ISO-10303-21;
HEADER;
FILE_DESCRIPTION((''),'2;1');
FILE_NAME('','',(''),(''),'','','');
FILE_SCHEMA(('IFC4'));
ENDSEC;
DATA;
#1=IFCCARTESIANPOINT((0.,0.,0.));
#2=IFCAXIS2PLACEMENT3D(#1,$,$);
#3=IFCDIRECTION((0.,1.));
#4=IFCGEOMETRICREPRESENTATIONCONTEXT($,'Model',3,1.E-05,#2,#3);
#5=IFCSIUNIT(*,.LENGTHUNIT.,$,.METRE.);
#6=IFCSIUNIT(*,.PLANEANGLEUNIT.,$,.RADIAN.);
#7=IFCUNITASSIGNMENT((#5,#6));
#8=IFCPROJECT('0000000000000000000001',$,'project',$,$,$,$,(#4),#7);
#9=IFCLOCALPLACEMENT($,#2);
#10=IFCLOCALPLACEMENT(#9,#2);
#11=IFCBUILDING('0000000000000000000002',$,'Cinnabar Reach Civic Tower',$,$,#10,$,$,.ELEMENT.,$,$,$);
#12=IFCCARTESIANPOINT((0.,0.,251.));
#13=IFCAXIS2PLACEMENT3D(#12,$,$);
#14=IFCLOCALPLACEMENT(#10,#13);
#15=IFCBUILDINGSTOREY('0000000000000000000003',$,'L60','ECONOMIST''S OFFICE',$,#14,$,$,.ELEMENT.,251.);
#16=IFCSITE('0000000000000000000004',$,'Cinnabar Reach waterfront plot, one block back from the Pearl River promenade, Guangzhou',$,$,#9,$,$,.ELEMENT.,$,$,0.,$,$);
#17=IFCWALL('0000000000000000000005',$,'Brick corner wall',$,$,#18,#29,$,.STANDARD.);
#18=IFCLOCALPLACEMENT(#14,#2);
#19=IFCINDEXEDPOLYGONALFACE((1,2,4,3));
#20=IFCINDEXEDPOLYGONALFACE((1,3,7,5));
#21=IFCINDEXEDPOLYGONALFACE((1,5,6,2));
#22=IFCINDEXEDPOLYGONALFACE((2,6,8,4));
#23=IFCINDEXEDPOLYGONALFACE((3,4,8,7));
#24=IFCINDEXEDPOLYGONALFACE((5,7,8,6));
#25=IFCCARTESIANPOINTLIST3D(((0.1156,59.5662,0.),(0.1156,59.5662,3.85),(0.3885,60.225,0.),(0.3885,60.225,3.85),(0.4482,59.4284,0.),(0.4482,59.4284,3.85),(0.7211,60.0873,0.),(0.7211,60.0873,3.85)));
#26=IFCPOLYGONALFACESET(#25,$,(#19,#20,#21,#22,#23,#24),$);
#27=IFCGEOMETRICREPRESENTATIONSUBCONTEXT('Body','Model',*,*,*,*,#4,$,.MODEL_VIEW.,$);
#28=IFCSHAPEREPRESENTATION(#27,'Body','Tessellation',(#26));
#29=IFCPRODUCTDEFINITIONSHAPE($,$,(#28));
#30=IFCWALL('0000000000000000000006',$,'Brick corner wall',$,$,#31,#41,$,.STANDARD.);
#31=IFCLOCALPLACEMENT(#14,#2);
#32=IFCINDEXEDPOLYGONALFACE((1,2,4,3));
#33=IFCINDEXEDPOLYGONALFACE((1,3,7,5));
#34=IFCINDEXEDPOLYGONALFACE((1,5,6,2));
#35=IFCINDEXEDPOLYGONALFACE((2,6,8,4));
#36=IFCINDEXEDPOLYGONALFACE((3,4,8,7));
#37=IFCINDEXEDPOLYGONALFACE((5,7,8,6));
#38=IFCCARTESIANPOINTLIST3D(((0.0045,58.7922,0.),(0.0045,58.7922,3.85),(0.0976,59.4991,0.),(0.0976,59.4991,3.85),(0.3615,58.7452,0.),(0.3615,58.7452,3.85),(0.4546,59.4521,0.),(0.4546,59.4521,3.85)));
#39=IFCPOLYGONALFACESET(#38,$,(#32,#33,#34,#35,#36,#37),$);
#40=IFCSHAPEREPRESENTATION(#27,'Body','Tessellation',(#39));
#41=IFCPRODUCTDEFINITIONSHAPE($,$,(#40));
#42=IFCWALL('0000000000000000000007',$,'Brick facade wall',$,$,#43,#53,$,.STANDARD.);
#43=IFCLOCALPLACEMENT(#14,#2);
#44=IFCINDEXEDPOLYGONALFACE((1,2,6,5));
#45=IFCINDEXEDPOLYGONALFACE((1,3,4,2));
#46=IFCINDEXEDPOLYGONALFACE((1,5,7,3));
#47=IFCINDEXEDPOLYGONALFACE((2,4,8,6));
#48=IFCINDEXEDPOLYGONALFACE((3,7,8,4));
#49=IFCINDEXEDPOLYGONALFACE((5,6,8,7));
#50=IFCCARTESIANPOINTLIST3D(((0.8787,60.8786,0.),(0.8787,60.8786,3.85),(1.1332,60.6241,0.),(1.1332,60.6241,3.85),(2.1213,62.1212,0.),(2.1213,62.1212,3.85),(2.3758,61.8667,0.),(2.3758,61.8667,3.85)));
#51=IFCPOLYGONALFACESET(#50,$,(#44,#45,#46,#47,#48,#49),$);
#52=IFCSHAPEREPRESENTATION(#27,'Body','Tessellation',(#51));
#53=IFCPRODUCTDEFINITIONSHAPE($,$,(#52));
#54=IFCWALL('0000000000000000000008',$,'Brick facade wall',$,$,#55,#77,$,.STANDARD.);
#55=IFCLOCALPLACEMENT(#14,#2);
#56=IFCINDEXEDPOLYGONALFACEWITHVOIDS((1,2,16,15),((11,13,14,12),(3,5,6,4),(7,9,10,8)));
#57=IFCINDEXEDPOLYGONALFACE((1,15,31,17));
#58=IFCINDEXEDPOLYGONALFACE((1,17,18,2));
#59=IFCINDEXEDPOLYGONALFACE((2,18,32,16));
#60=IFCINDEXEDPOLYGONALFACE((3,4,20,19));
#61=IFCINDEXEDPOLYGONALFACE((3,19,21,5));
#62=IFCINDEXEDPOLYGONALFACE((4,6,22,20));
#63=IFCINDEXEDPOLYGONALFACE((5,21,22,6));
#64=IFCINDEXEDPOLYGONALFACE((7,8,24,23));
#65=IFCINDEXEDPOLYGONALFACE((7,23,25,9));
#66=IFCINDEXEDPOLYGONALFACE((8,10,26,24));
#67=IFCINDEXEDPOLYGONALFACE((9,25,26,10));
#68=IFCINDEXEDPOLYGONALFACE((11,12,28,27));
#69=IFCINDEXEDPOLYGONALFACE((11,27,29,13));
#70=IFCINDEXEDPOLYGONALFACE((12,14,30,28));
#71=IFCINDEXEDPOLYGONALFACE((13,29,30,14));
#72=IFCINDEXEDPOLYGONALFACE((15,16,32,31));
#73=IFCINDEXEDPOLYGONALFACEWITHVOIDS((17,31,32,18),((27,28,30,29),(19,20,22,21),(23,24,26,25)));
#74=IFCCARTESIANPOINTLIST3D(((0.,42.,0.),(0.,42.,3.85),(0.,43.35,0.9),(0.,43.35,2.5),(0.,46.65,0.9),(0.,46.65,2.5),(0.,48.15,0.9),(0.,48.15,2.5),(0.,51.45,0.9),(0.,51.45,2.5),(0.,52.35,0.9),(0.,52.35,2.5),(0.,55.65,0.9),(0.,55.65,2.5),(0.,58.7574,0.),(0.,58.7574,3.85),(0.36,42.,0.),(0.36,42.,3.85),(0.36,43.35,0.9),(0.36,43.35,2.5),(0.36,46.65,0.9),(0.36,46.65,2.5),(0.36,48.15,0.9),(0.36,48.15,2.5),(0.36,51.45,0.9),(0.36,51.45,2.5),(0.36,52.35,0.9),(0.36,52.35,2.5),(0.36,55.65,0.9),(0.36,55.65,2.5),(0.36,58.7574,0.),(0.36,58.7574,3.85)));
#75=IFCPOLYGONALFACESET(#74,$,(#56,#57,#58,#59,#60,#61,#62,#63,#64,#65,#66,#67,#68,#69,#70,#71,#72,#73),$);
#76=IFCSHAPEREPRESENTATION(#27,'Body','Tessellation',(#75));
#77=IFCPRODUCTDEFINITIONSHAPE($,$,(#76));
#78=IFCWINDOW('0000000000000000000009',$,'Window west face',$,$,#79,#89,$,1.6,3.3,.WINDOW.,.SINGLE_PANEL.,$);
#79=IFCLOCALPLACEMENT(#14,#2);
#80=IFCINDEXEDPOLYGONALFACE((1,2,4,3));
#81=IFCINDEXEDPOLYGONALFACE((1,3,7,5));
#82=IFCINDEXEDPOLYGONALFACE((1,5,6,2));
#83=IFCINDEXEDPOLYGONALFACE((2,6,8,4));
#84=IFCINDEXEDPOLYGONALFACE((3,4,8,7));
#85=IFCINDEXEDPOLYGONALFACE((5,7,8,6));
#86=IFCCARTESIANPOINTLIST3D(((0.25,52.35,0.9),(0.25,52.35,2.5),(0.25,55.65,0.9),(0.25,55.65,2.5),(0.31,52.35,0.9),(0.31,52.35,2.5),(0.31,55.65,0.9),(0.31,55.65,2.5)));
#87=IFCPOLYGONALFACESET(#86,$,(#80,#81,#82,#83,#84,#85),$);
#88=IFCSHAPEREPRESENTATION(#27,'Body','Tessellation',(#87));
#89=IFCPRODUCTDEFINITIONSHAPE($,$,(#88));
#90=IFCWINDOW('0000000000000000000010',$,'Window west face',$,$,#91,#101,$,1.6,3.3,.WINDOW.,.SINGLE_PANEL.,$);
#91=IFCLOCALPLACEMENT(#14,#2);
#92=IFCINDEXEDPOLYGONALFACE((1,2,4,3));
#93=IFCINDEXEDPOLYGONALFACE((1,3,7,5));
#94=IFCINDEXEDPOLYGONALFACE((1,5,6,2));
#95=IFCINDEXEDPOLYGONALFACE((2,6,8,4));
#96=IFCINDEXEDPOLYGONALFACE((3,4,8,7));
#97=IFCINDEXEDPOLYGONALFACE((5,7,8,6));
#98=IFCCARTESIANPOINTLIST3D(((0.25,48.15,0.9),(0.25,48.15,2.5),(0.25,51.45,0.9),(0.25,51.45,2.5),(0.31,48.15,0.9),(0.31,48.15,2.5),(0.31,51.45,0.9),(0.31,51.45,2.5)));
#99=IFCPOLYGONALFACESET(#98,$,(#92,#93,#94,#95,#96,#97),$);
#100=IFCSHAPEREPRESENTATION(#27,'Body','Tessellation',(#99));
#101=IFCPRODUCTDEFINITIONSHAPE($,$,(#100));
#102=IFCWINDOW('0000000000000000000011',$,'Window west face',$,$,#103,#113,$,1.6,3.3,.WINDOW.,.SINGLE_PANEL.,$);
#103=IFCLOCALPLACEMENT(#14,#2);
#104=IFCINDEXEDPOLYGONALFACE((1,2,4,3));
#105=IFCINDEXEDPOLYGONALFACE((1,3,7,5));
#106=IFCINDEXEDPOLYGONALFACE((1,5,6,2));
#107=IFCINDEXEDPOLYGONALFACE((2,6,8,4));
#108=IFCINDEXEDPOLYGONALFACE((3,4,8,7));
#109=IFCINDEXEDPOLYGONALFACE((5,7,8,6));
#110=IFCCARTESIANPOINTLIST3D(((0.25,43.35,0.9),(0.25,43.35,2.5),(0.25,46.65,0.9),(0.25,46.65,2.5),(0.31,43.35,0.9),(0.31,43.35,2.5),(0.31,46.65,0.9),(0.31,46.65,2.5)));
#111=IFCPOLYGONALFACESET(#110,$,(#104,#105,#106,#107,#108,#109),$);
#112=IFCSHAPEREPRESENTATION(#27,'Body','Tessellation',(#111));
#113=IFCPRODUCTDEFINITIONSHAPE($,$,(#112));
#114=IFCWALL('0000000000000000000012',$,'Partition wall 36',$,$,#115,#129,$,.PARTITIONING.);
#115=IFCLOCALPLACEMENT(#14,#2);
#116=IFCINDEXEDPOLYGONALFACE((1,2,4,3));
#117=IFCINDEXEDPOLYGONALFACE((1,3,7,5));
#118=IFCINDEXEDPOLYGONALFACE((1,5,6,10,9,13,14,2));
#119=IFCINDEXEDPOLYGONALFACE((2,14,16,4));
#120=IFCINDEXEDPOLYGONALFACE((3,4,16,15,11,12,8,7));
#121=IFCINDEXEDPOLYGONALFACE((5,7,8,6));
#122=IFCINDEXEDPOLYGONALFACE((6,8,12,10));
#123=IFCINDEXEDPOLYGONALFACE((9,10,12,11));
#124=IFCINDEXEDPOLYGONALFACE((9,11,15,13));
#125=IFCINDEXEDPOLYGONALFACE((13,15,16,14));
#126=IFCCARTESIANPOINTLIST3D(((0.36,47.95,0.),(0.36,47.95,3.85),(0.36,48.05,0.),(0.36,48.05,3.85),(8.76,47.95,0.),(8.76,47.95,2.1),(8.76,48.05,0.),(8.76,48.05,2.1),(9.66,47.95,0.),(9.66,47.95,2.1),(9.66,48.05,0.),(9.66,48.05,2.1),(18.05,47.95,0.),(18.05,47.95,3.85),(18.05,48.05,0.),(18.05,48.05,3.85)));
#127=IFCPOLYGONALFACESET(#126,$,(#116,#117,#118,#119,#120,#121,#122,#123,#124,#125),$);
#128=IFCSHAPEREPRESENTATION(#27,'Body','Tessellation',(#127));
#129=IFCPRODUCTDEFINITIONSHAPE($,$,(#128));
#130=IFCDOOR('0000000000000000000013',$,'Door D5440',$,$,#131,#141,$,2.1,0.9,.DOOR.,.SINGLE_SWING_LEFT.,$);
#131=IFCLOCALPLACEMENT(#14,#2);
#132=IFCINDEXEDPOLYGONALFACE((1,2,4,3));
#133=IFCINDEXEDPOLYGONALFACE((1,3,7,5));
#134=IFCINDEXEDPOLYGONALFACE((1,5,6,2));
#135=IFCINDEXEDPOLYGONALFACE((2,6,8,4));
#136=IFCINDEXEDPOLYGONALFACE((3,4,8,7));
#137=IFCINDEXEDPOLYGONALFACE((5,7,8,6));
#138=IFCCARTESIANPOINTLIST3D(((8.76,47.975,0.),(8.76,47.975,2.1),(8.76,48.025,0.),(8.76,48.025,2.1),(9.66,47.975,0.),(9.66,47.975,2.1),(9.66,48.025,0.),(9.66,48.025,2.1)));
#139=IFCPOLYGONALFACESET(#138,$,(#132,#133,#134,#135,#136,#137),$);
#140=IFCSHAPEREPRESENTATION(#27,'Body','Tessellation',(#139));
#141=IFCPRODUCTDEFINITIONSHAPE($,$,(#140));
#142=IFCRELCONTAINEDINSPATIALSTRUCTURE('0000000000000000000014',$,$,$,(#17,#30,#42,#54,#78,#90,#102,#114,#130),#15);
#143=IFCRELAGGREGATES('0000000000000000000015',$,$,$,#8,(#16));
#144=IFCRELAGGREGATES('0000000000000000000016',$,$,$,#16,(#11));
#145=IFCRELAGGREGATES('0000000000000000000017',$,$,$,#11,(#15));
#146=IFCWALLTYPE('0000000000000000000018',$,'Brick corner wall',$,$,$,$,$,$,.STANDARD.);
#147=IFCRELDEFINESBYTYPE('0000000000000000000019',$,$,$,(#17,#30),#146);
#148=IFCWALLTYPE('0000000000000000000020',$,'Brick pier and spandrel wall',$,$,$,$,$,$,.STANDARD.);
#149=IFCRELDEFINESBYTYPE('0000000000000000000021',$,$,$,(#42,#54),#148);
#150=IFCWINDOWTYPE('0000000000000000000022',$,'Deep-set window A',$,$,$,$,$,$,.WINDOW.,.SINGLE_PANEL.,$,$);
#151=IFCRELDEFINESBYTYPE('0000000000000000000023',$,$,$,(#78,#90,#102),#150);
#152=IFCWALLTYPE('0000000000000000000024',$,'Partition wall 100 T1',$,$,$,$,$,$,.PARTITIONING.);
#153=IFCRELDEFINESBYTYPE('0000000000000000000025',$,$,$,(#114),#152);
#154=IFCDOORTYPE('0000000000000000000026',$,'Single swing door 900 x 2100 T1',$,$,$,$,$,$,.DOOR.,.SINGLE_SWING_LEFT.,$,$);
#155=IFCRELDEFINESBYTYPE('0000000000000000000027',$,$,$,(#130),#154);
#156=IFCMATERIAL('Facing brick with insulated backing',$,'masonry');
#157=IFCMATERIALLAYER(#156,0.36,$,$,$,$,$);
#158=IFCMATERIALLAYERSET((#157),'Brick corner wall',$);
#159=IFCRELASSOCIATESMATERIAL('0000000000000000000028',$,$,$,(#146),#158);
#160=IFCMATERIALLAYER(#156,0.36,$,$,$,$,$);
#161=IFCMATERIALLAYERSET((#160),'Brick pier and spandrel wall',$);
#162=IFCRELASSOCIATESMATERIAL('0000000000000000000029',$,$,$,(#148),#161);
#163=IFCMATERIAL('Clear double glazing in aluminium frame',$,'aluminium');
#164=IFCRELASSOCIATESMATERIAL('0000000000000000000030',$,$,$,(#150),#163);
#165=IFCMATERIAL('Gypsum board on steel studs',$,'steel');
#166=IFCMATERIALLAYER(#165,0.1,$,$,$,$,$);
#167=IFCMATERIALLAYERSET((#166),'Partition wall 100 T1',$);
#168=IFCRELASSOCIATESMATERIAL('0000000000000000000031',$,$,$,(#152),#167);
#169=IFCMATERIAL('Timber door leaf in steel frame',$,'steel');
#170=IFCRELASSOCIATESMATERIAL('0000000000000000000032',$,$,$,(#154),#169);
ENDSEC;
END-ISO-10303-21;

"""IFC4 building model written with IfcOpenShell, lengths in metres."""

from ifc_helpers import new_model, si_unit, direction, frame, frame_2d, origin, place, context, subcontext, project, spatial, rectangle, extrude, material, layer, layer_set, type_object, element, fill, save


model = new_model("IFC4")

# Units and contexts
model_context = context("Model", 3, precision=1e-05, world=origin(), true_north=direction((0.0, 1.0)))
body_context = subcontext(model_context, "Body", "Model", "MODEL_VIEW")
ifc_project = project(units=[si_unit("LENGTHUNIT", "METRE"), si_unit("PLANEANGLEUNIT", "RADIAN")], contexts=[model_context])

# Site, building, storey
site_placement = place(None, origin())
site = spatial("IfcSite", under=ifc_project, at=site_placement, Name="Cinnabar Reach waterfront plot, one block back from the Pearl River promenade, Guangzhou", CompositionType="ELEMENT", RefElevation=0.0)
building_placement = place(site_placement, origin())
building = spatial("IfcBuilding", under=site, at=building_placement, Name="Cinnabar Reach Civic Tower", CompositionType="ELEMENT")
storey_placement = place(building_placement, frame((0.0, 0.0, 251.0)))
storey = spatial("IfcBuildingStorey", under=building, at=storey_placement, Name="L60", Description="ECONOMIST'S OFFICE", CompositionType="ELEMENT", Elevation=251.0)

# Walls
ifc_material_1 = material(Name="Facing brick with insulated backing", Category="masonry")
ifc_layer_1 = layer(ifc_material_1, 0.36)
ifc_layer_set_1 = layer_set([ifc_layer_1], Name="Brick corner wall")
wall_type_1 = type_object("IfcWallType", Name="Brick corner wall", PredefinedType="STANDARD", material=ifc_layer_set_1)
for number, where, z_axis, x_axis, name in (
    (1, (0.5548, 60.1561, 0.0), (0.0, 0.0, 1.0), (-0.382703, -0.923872, 0.0), "Brick corner wall"),
    (2, (0.2761, 59.4756, 0.0), (0.0, 0.0, 1.0), (-0.130556, -0.991441, 0.0), "Brick corner wall"),
):
    element("IfcWall", number, at=place(storey_placement, frame(where, z_axis=z_axis, x_axis=x_axis)), inside=storey, type_object=wall_type_1, Name=name, PredefinedType="STANDARD", context=body_context, shape_type="SweptSolid", body=[
        extrude(rectangle(XDim=0.7131, YDim=0.36, at=frame_2d((0.3565, 0.0))), origin(), (0.0, 0.0, 1.0), 3.85),
    ])
ifc_layer_2 = layer(ifc_material_1, 0.36)
ifc_layer_set_2 = layer_set([ifc_layer_2], Name="Brick pier and spandrel wall")
wall_type_2 = type_object("IfcWallType", Name="Brick pier and spandrel wall", PredefinedType="STANDARD", material=ifc_layer_set_2)
wall_1_placement = place(storey_placement, frame((2.2486, 61.994, 0.0), z_axis=(0.0, 0.0, 1.0), x_axis=(-0.707107, -0.707107, 0.0)))
element("IfcWall", 3, at=wall_1_placement, inside=storey, type_object=wall_type_2, Name="Brick facade wall", PredefinedType="STANDARD", context=body_context, shape_type="SweptSolid", body=[
    extrude(rectangle(XDim=1.7573, YDim=0.36, at=frame_2d((0.8787, 0.0))), origin(), (0.0, 0.0, 1.0), 3.85),
])

# Wall, openings, windows
wall_2_placement = place(storey_placement, frame((0.18, 58.7574, 0.0), z_axis=(0.0, 0.0, 1.0), x_axis=(0.0, -1.0, 0.0)))
wall_2 = element("IfcWall", 4, at=wall_2_placement, inside=storey, type_object=wall_type_2, Name="Brick facade wall", PredefinedType="STANDARD", context=body_context, shape_type="SweptSolid", body=[
    extrude(rectangle(XDim=16.7574, YDim=0.36, at=frame_2d((8.3787, 0.0))), origin(), (0.0, 0.0, 1.0), 3.85),
])
opening_1_placement = place(wall_2_placement, frame((3.1074, 0.0, 0.9)))
opening_1 = element("IfcOpeningElement", 5, at=opening_1_placement, cuts=wall_2, PredefinedType="OPENING", context=body_context, shape_type="SweptSolid", body=[
    extrude(rectangle(XDim=3.3, YDim=1.6, at=frame_2d((1.65, 0.8))), frame((0.0, 0.19, 0.0), z_axis=(0.0, -1.0, 0.0), x_axis=(1.0, 0.0, 0.0)), (0.0, 0.0, 1.0), 0.38),
])
opening_2_placement = place(wall_2_placement, frame((7.3074, 0.0, 0.9)))
opening_2 = element("IfcOpeningElement", 6, at=opening_2_placement, cuts=wall_2, PredefinedType="OPENING", context=body_context, shape_type="SweptSolid", body=[
    extrude(rectangle(XDim=3.3, YDim=1.6, at=frame_2d((1.65, 0.8))), frame((0.0, 0.19, 0.0), z_axis=(0.0, -1.0, 0.0), x_axis=(1.0, 0.0, 0.0)), (0.0, 0.0, 1.0), 0.38),
])
opening_3_placement = place(wall_2_placement, frame((12.1074, 0.0, 0.9)))
opening_3 = element("IfcOpeningElement", 7, at=opening_3_placement, cuts=wall_2, PredefinedType="OPENING", context=body_context, shape_type="SweptSolid", body=[
    extrude(rectangle(XDim=3.3, YDim=1.6, at=frame_2d((1.65, 0.8))), frame((0.0, 0.19, 0.0), z_axis=(0.0, -1.0, 0.0), x_axis=(1.0, 0.0, 0.0)), (0.0, 0.0, 1.0), 0.38),
])
ifc_material_2 = material(Name="Clear double glazing in aluminium frame", Category="aluminium")
window_type = type_object("IfcWindowType", Name="Deep-set window A", PartitioningType="SINGLE_PANEL", PredefinedType="WINDOW", material=ifc_material_2)
window_1_placement = place(opening_1_placement, origin())
window_1 = element("IfcWindow", 8, at=window_1_placement, inside=storey, type_object=window_type, Name="Window west face", OverallHeight=1.6, OverallWidth=3.3, PartitioningType="SINGLE_PANEL", PredefinedType="WINDOW", context=body_context, shape_type="SweptSolid", body=[
    extrude(rectangle(XDim=3.3, YDim=1.6, at=frame_2d((1.65, 0.8))), frame((0.0, 0.13, 0.0), z_axis=(0.0, -1.0, 0.0), x_axis=(1.0, 0.0, 0.0)), (0.0, 0.0, 1.0), 0.06),
])
fill(opening_1, window_1)
window_2_placement = place(opening_2_placement, origin())
window_2 = element("IfcWindow", 9, at=window_2_placement, inside=storey, type_object=window_type, Name="Window west face", OverallHeight=1.6, OverallWidth=3.3, PartitioningType="SINGLE_PANEL", PredefinedType="WINDOW", context=body_context, shape_type="SweptSolid", body=[
    extrude(rectangle(XDim=3.3, YDim=1.6, at=frame_2d((1.65, 0.8))), frame((0.0, 0.13, 0.0), z_axis=(0.0, -1.0, 0.0), x_axis=(1.0, 0.0, 0.0)), (0.0, 0.0, 1.0), 0.06),
])
fill(opening_2, window_2)
window_3_placement = place(opening_3_placement, origin())
window_3 = element("IfcWindow", 10, at=window_3_placement, inside=storey, type_object=window_type, Name="Window west face", OverallHeight=1.6, OverallWidth=3.3, PartitioningType="SINGLE_PANEL", PredefinedType="WINDOW", context=body_context, shape_type="SweptSolid", body=[
    extrude(rectangle(XDim=3.3, YDim=1.6, at=frame_2d((1.65, 0.8))), frame((0.0, 0.13, 0.0), z_axis=(0.0, -1.0, 0.0), x_axis=(1.0, 0.0, 0.0)), (0.0, 0.0, 1.0), 0.06),
])
fill(opening_3, window_3)

# Wall, opening, door
ifc_material_3 = material(Name="Gypsum board on steel studs", Category="steel")
ifc_layer_3 = layer(ifc_material_3, 0.1)
ifc_layer_set_3 = layer_set([ifc_layer_3], Name="Partition wall 100 T1")
wall_type_3 = type_object("IfcWallType", Name="Partition wall 100 T1", PredefinedType="PARTITIONING", material=ifc_layer_set_3)
wall_3_placement = place(storey_placement, frame((0.36, 48.0, 0.0), z_axis=(0.0, 0.0, 1.0), x_axis=(1.0, 0.0, 0.0)))
wall_3 = element("IfcWall", 11, at=wall_3_placement, inside=storey, type_object=wall_type_3, Name="Partition wall 36", PredefinedType="PARTITIONING", context=body_context, shape_type="SweptSolid", body=[
    extrude(rectangle(XDim=17.69, YDim=0.1, at=frame_2d((8.845, 0.0))), origin(), (0.0, 0.0, 1.0), 3.85),
])
opening_4_placement = place(wall_3_placement, frame((8.4, 0.0, 0.0)))
opening_4 = element("IfcOpeningElement", 12, at=opening_4_placement, cuts=wall_3, PredefinedType="OPENING", context=body_context, shape_type="SweptSolid", body=[
    extrude(rectangle(XDim=0.9, YDim=2.1, at=frame_2d((0.45, 1.05))), frame((0.0, 0.06, 0.0), z_axis=(0.0, -1.0, 0.0), x_axis=(1.0, 0.0, 0.0)), (0.0, 0.0, 1.0), 0.12),
])
ifc_material_4 = material(Name="Timber door leaf in steel frame", Category="steel")
door_type = type_object("IfcDoorType", Name="Single swing door 900 x 2100 T1", OperationType="SINGLE_SWING_LEFT", PredefinedType="DOOR", material=ifc_material_4)
door_placement = place(opening_4_placement, frame((0.9, 0.0, 0.0), z_axis=(0.0, 0.0, 1.0), x_axis=(-1.0, 0.0, 0.0)))
door = element("IfcDoor", 13, at=door_placement, inside=storey, type_object=door_type, Name="Door D5440", OperationType="SINGLE_SWING_LEFT", OverallHeight=2.1, OverallWidth=0.9, PredefinedType="DOOR", context=body_context, shape_type="SweptSolid", body=[
    extrude(rectangle(XDim=0.9, YDim=2.1, at=frame_2d((0.45, 1.05))), frame((0.0, 0.025, 0.0), z_axis=(0.0, -1.0, 0.0), x_axis=(1.0, 0.0, 0.0)), (0.0, 0.0, 1.0), 0.05),
])
fill(opening_4, door)

save(model, "model.ifc")
